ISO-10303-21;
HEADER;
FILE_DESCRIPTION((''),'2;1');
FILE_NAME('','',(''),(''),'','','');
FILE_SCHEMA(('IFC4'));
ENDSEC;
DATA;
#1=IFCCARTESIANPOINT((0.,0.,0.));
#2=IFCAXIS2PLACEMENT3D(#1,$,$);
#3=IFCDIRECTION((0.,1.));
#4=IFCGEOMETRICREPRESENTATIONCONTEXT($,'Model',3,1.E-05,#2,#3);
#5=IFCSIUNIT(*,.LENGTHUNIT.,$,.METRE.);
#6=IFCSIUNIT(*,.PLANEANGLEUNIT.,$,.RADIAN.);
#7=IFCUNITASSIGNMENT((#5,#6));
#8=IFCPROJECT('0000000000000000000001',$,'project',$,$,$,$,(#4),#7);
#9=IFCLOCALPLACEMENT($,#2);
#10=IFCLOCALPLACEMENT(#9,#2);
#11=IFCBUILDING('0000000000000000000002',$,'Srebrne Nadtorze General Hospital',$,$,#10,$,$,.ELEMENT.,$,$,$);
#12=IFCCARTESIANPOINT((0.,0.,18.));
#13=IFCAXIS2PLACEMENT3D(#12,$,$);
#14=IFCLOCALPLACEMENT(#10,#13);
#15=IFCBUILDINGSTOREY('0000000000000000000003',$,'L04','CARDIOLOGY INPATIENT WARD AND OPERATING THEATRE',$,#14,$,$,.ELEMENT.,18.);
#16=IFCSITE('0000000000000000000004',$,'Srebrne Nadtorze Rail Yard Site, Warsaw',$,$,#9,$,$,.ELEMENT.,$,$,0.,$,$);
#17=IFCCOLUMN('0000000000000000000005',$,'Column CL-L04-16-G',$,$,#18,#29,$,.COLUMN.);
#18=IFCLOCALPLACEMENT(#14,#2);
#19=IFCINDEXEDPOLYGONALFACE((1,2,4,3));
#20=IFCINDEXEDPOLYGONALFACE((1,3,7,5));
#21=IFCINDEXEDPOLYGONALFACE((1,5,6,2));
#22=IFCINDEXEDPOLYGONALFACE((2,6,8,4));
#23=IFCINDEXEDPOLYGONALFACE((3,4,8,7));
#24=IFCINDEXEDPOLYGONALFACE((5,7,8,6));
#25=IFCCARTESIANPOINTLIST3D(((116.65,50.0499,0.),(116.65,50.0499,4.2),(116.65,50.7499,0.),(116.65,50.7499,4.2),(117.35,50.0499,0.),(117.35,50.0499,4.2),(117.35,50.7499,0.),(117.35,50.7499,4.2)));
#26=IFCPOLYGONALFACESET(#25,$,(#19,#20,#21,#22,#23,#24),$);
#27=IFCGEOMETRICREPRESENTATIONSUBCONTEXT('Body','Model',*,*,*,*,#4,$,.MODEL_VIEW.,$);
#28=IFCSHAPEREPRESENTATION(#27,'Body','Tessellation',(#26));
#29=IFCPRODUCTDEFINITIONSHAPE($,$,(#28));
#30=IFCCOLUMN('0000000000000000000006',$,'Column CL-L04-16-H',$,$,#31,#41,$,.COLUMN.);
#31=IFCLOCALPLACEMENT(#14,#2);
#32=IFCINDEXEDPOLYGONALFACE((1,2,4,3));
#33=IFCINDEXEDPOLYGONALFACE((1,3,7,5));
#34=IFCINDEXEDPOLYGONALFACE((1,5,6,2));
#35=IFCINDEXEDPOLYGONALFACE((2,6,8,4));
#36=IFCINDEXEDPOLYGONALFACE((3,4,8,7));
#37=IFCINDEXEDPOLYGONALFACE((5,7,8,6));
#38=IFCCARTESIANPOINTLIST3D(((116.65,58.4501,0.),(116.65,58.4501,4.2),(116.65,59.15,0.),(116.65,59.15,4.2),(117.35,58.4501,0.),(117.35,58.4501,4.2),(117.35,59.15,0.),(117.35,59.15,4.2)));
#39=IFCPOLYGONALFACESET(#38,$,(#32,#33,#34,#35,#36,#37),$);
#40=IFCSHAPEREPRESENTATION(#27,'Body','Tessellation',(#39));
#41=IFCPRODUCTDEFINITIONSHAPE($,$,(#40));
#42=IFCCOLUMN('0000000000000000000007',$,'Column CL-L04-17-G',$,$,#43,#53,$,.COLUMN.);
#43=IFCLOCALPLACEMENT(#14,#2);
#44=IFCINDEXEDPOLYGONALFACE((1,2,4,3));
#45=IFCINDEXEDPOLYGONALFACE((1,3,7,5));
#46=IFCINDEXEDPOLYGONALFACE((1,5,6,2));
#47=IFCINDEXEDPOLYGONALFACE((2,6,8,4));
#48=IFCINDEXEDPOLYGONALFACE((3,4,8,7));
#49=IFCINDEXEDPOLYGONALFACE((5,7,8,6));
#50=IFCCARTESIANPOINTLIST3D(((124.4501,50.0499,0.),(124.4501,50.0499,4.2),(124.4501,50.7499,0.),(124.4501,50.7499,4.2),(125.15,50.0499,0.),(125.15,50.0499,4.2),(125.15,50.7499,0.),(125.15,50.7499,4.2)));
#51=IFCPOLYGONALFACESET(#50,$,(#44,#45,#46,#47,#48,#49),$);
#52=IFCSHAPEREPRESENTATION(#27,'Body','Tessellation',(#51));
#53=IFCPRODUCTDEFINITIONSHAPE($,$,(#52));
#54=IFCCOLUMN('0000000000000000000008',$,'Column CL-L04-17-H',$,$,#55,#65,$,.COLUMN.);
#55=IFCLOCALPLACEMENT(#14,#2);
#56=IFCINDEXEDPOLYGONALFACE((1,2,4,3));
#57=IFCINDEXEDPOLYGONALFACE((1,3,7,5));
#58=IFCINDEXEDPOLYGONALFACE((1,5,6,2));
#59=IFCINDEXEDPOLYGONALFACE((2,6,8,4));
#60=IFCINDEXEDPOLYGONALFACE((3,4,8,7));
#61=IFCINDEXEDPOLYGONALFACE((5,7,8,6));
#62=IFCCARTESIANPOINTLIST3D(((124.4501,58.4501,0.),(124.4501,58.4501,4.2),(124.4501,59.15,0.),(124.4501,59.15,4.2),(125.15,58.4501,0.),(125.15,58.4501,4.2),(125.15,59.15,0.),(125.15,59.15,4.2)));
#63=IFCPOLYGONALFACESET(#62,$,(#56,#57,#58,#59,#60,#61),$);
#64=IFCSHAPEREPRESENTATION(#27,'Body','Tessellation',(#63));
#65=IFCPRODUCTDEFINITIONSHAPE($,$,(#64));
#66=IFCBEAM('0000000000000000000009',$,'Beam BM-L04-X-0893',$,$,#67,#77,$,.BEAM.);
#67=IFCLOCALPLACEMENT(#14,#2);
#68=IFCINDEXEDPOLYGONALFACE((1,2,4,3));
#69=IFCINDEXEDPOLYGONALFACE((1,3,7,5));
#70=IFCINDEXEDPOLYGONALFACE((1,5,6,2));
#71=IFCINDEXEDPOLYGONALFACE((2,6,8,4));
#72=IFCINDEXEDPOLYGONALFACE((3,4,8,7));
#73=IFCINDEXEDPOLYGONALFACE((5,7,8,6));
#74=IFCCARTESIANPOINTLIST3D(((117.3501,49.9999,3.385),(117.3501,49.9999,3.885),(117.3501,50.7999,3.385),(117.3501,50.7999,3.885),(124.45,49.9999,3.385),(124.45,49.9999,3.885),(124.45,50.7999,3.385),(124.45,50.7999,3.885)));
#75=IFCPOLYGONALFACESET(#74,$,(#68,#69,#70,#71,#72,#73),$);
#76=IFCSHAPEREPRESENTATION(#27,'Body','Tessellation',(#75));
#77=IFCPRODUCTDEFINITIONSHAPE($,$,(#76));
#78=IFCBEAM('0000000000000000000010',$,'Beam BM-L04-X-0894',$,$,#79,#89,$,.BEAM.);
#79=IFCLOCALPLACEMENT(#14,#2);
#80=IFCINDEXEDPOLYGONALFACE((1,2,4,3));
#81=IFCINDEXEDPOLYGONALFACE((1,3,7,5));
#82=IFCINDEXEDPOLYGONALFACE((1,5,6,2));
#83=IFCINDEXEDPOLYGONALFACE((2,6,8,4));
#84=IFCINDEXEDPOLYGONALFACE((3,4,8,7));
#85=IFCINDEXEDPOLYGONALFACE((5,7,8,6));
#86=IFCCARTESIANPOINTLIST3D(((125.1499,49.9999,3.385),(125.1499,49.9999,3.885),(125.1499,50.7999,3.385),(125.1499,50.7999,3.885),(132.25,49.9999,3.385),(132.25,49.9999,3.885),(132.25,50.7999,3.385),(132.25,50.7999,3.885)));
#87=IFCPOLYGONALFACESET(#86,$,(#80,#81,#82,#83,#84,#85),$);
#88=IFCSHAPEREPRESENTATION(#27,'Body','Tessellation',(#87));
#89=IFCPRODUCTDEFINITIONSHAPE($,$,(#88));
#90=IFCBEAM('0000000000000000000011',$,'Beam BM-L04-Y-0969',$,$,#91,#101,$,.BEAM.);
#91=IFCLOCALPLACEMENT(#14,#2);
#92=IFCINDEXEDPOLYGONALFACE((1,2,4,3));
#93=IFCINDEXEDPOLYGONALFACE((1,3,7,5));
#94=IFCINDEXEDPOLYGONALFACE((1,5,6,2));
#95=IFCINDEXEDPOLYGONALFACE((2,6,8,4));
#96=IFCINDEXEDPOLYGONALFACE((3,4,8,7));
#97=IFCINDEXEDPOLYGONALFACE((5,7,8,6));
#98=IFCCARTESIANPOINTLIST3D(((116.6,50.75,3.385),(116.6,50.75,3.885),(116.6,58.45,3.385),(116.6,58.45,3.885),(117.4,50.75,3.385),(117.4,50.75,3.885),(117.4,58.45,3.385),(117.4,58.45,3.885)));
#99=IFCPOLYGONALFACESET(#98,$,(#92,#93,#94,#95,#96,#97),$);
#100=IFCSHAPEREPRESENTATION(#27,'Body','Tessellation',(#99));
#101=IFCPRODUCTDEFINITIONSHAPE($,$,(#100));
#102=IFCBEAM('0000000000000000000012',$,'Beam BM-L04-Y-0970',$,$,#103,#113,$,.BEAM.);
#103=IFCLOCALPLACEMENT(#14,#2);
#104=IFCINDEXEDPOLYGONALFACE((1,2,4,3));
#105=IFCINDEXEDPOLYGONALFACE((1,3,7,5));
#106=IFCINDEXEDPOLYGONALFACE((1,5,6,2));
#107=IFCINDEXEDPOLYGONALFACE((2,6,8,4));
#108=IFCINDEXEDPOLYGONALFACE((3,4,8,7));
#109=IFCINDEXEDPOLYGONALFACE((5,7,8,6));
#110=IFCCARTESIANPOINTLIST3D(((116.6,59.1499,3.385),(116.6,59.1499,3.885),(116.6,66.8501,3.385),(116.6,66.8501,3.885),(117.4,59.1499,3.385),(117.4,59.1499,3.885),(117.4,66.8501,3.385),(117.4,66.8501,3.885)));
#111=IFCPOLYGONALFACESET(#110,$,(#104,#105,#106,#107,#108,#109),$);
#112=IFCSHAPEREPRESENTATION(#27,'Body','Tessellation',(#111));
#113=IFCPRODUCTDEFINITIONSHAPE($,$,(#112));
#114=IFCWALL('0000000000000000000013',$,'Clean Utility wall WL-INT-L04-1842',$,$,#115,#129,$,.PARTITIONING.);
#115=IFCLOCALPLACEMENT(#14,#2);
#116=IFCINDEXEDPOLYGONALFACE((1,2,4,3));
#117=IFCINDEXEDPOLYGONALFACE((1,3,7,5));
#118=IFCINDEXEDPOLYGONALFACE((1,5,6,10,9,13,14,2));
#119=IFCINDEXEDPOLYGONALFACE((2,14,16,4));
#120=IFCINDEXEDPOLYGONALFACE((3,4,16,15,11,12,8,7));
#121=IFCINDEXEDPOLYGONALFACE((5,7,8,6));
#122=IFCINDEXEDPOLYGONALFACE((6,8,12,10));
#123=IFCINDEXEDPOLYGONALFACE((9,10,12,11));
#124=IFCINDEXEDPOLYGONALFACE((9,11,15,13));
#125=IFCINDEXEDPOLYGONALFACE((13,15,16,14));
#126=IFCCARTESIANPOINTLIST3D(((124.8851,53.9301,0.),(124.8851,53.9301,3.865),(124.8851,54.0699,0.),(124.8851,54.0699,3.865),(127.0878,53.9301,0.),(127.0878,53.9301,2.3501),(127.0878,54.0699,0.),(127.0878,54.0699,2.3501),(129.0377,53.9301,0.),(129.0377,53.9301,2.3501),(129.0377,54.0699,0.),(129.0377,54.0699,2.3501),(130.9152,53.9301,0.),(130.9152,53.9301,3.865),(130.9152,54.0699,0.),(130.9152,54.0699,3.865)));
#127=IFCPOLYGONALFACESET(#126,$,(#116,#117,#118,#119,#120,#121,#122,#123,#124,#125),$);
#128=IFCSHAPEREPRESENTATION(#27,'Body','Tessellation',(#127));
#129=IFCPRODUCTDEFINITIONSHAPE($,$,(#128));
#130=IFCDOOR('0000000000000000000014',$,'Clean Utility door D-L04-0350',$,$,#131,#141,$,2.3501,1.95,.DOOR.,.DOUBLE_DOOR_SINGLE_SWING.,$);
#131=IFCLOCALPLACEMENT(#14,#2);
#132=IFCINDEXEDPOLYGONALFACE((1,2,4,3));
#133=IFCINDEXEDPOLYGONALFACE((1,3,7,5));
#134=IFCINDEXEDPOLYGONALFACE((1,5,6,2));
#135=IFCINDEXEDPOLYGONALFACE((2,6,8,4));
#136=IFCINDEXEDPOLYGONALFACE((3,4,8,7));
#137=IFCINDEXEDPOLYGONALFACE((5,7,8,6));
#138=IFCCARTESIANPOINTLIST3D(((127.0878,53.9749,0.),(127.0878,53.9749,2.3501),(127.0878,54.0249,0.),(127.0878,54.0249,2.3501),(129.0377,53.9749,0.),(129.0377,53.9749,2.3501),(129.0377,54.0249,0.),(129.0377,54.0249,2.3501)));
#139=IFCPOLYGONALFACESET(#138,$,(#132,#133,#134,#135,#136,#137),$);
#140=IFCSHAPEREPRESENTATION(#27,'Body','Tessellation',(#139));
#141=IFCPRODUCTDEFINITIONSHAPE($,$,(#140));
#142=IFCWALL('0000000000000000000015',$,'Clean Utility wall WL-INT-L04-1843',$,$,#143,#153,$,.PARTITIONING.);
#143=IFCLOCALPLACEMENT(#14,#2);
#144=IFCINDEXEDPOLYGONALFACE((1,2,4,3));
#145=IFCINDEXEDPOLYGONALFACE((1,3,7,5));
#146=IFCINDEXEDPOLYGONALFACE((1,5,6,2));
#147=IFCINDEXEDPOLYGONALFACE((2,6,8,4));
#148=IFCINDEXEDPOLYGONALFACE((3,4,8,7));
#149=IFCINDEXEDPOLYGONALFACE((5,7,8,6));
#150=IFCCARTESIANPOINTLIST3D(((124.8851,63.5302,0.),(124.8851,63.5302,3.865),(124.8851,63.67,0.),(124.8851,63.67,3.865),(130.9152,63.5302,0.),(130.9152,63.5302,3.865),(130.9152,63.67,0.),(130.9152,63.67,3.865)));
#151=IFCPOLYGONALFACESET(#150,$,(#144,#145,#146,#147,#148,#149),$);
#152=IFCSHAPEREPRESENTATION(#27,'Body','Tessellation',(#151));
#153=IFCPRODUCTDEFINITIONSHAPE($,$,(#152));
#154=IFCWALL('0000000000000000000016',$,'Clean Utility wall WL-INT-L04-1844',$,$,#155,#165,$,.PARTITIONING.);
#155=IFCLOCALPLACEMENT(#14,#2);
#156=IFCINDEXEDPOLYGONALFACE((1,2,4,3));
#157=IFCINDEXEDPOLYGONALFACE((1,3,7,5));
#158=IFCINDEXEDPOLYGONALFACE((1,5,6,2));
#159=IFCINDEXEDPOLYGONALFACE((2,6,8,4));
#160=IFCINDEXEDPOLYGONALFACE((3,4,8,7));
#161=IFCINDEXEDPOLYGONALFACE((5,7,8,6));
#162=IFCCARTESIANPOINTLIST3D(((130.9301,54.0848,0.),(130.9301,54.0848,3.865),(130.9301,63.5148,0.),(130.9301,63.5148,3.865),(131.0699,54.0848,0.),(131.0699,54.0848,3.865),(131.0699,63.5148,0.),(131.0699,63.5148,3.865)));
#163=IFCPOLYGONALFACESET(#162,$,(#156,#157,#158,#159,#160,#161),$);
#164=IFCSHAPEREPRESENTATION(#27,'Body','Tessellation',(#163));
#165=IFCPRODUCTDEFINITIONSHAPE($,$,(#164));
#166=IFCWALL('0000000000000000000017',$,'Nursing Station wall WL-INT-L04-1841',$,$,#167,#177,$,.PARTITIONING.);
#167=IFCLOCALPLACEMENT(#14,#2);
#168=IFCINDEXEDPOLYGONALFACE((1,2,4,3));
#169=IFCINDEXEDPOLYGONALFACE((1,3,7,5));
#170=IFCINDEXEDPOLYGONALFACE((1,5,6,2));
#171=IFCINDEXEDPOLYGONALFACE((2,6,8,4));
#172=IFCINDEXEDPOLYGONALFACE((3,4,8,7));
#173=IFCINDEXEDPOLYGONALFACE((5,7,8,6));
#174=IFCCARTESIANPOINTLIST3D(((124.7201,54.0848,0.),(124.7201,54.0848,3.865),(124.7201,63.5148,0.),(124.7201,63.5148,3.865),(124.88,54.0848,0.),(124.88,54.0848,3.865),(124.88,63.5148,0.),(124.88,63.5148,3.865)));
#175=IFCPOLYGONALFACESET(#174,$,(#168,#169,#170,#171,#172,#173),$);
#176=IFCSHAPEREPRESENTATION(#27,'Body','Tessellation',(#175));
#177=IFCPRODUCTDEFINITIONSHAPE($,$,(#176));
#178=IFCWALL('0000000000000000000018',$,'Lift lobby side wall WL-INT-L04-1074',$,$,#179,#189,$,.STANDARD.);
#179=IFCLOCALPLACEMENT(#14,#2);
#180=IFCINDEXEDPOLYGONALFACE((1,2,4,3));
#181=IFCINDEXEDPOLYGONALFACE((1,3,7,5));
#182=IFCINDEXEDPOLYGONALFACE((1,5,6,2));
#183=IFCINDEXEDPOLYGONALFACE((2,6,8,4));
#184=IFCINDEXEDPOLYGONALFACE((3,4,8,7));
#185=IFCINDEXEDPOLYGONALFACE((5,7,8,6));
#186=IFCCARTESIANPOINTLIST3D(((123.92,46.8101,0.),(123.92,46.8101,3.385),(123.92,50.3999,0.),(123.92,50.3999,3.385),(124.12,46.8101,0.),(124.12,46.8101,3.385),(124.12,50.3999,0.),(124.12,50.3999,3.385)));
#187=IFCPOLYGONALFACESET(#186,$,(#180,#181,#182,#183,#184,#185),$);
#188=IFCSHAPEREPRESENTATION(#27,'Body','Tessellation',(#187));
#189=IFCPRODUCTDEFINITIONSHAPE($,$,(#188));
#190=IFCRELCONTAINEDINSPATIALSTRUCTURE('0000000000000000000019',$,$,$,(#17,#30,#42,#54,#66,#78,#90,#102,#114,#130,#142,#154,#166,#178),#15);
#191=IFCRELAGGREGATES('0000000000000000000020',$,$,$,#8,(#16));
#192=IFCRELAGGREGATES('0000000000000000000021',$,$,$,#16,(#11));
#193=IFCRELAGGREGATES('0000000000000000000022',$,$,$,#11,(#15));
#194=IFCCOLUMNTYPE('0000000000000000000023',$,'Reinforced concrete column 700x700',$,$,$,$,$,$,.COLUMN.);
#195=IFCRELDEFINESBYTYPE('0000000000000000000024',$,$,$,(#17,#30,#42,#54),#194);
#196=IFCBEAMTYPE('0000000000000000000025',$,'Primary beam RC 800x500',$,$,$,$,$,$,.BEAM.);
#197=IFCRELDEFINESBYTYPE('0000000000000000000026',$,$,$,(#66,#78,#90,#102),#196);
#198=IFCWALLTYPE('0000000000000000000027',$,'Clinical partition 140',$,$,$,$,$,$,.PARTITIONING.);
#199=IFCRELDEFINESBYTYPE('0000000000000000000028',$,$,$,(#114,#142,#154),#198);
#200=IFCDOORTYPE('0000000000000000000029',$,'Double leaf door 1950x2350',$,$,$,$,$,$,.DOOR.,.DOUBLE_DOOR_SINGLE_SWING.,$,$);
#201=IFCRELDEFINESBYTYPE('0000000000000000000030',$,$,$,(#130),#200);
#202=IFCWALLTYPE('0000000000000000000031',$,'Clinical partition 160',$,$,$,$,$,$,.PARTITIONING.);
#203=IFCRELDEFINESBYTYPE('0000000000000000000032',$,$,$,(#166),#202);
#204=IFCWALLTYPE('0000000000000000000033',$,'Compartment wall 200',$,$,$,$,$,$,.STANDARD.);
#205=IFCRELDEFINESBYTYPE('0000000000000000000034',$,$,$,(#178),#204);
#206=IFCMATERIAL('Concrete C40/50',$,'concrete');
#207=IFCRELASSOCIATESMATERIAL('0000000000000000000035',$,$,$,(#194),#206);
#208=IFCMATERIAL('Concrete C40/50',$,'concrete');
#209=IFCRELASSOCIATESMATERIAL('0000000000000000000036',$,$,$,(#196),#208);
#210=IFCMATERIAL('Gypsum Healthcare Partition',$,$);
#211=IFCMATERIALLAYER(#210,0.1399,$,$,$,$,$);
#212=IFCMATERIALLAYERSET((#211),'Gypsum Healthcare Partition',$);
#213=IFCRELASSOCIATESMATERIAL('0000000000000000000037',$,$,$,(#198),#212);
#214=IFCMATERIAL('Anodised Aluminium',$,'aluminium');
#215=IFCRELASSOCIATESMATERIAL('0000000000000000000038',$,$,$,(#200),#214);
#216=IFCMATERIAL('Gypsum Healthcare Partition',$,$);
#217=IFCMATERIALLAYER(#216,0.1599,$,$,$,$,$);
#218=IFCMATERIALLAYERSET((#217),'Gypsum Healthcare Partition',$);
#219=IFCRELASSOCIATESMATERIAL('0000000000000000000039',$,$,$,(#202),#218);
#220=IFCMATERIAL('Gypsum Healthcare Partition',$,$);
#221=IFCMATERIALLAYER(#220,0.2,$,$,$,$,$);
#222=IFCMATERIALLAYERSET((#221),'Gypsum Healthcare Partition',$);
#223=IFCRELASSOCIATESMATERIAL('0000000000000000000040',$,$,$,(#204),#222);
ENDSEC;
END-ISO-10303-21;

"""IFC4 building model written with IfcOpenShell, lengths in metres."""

from ifc_helpers import new_model, si_unit, direction, frame, frame_2d, origin, origin_2d, place, context, subcontext, project, spatial, rectangle, extrude, material, layer, layer_set, material_profile, profile_set, type_object, element, fill, save


model = new_model("IFC4")

# Units and contexts
model_context = context("Model", 3, precision=1e-05, world=origin(), true_north=direction((0.0, 1.0)))
body_context = subcontext(model_context, "Body", "Model", "MODEL_VIEW")
ifc_project = project(units=[si_unit("LENGTHUNIT", "METRE"), si_unit("PLANEANGLEUNIT", "RADIAN")], contexts=[model_context])

# Site, building, storey
site_placement = place(None, origin())
site = spatial("IfcSite", under=ifc_project, at=site_placement, Name="Srebrne Nadtorze Rail Yard Site, Warsaw", CompositionType="ELEMENT", RefElevation=0.0)
building_placement = place(site_placement, origin())
building = spatial("IfcBuilding", under=site, at=building_placement, Name="Srebrne Nadtorze General Hospital", CompositionType="ELEMENT")
storey_placement = place(building_placement, frame((0.0, 0.0, 18.0)))
storey = spatial("IfcBuildingStorey", under=building, at=storey_placement, Name="L04", Description="CARDIOLOGY INPATIENT WARD AND OPERATING THEATRE", CompositionType="ELEMENT", Elevation=18.0)

# Columns
ifc_material_1 = material(Name="Concrete C40/50", Category="concrete")
ifc_material_profile_1 = material_profile(ifc_material_1, rectangle(XDim=0.7, YDim=0.7, at=origin_2d()), Name="RC-COL-700x700")
ifc_profile_set_1 = profile_set([ifc_material_profile_1], Name="Concrete C40/50")
column_type = type_object("IfcColumnType", Name="Reinforced concrete column 700x700", PredefinedType="COLUMN", material=ifc_profile_set_1)
for number, where, z_axis, x_axis, name in (
    (1, (117.0, 50.3999, 0.0), (0.0, 0.0, 1.0), (1.0, 0.0, 0.0), "Column CL-L04-16-G"),
    (2, (117.0, 58.8, 0.0), (0.0, 0.0, 1.0), (1.0, 0.0, 0.0), "Column CL-L04-16-H"),
    (3, (124.8, 50.3999, 0.0), (0.0, 0.0, 1.0), (1.0, 0.0, 0.0), "Column CL-L04-17-G"),
    (4, (124.8, 58.8, 0.0), (0.0, 0.0, 1.0), (1.0, 0.0, 0.0), "Column CL-L04-17-H"),
):
    element("IfcColumn", number, at=place(storey_placement, frame(where, z_axis=z_axis, x_axis=x_axis)), inside=storey, type_object=column_type, Name=name, PredefinedType="COLUMN", context=body_context, shape_type="SweptSolid", body=[
        extrude(rectangle(XDim=0.7, YDim=0.7, at=origin_2d()), origin(), (0.0, 0.0, 1.0), 4.2),
    ])

# Beams
ifc_material_2 = material(Name="Concrete C40/50", Category="concrete")
ifc_material_profile_2 = material_profile(ifc_material_2, rectangle(XDim=0.8, YDim=0.5, at=origin_2d()), Name="RC-BM-800x500")
ifc_profile_set_2 = profile_set([ifc_material_profile_2], Name="Concrete C40/50")
beam_type = type_object("IfcBeamType", Name="Primary beam RC 800x500", PredefinedType="BEAM", material=ifc_profile_set_2)
beam_1_placement = place(storey_placement, frame((117.3501, 50.3999, 3.635), z_axis=(1.0, 0.0, 0.0), x_axis=(0.0, 1.0, 0.0)))
element("IfcBeam", 5, at=beam_1_placement, inside=storey, type_object=beam_type, Name="Beam BM-L04-X-0893", PredefinedType="BEAM", context=body_context, shape_type="SweptSolid", body=[
    extrude(rectangle(XDim=0.8, YDim=0.5, at=origin_2d()), origin(), (0.0, 0.0, 1.0), 7.0999),
])
beam_2_placement = place(storey_placement, frame((125.1499, 50.3999, 3.635), z_axis=(1.0, 0.0, 0.0), x_axis=(0.0, 1.0, 0.0)))
element("IfcBeam", 6, at=beam_2_placement, inside=storey, type_object=beam_type, Name="Beam BM-L04-X-0894", PredefinedType="BEAM", context=body_context, shape_type="SweptSolid", body=[
    extrude(rectangle(XDim=0.8, YDim=0.5, at=origin_2d()), origin(), (0.0, 0.0, 1.0), 7.1001),
])
beam_3_placement = place(storey_placement, frame((117.0, 50.75, 3.635), z_axis=(0.0, 1.0, 0.0), x_axis=(-1.0, 0.0, 0.0)))
element("IfcBeam", 7, at=beam_3_placement, inside=storey, type_object=beam_type, Name="Beam BM-L04-Y-0969", PredefinedType="BEAM", context=body_context, shape_type="SweptSolid", body=[
    extrude(rectangle(XDim=0.8, YDim=0.5, at=origin_2d()), origin(), (0.0, 0.0, 1.0), 7.7),
])
beam_4_placement = place(storey_placement, frame((117.0, 59.1499, 3.635), z_axis=(0.0, 1.0, 0.0), x_axis=(-1.0, 0.0, 0.0)))
element("IfcBeam", 8, at=beam_4_placement, inside=storey, type_object=beam_type, Name="Beam BM-L04-Y-0970", PredefinedType="BEAM", context=body_context, shape_type="SweptSolid", body=[
    extrude(rectangle(XDim=0.8, YDim=0.5, at=origin_2d()), origin(), (0.0, 0.0, 1.0), 7.7002),
])

# Wall, opening, door
ifc_material_3 = material(Name="Gypsum Healthcare Partition")
ifc_layer_1 = layer(ifc_material_3, 0.1399)
ifc_layer_set_1 = layer_set([ifc_layer_1], Name="Gypsum Healthcare Partition")
wall_type_1 = type_object("IfcWallType", Name="Clinical partition 140", PredefinedType="PARTITIONING", material=ifc_layer_set_1)
wall_1_placement = place(storey_placement, frame((124.885, 54.0, 0.0), z_axis=(0.0, 0.0, 1.0), x_axis=(1.0, 0.0, 0.0)))
wall_1 = element("IfcWall", 9, at=wall_1_placement, inside=storey, type_object=wall_type_1, Name="Clean Utility wall WL-INT-L04-1842", PredefinedType="PARTITIONING", context=body_context, shape_type="SweptSolid", body=[
    extrude(rectangle(XDim=6.03, YDim=0.1399, at=frame_2d((3.0151, 0.0))), origin(), (0.0, 0.0, 1.0), 3.865),
])
opening_1_placement = place(wall_1_placement, frame((2.2026, 0.0, 0.0)))
opening_1 = element("IfcOpeningElement", 10, at=opening_1_placement, cuts=wall_1, PredefinedType="OPENING", context=body_context, shape_type="SweptSolid", body=[
    extrude(rectangle(XDim=1.95, YDim=2.3501, at=frame_2d((0.9751, 1.175))), frame((0.0, 0.082, 0.0), z_axis=(0.0, -1.0, 0.0), x_axis=(1.0, 0.0, 0.0)), (0.0, 0.0, 1.0), 0.1638),
])
ifc_material_4 = material(Name="Anodised Aluminium", Category="aluminium")
door_type_1 = type_object("IfcDoorType", Name="Double leaf door 1950x2350", OperationType="DOUBLE_DOOR_SINGLE_SWING", PredefinedType="DOOR", material=ifc_material_4)
door_1_placement = place(opening_1_placement, origin())
door_1 = element("IfcDoor", 11, at=door_1_placement, inside=storey, type_object=door_type_1, Name="Clean Utility door D-L04-0350", OperationType="DOUBLE_DOOR_SINGLE_SWING", OverallHeight=2.3501, OverallWidth=1.95, PredefinedType="DOOR", context=body_context, shape_type="SweptSolid", body=[
    extrude(rectangle(XDim=1.95, YDim=2.3501, at=frame_2d((0.9751, 1.175))), frame((0.0, 0.0249, 0.0), z_axis=(0.0, -1.0, 0.0), x_axis=(1.0, 0.0, 0.0)), (0.0, 0.0, 1.0), 0.05),
])
fill(opening_1, door_1)

# Walls
wall_2_placement = place(storey_placement, frame((124.885, 63.6001, 0.0), z_axis=(0.0, 0.0, 1.0), x_axis=(1.0, 0.0, 0.0)))
element("IfcWall", 12, at=wall_2_placement, inside=storey, type_object=wall_type_1, Name="Clean Utility wall WL-INT-L04-1843", PredefinedType="PARTITIONING", context=body_context, shape_type="SweptSolid", body=[
    extrude(rectangle(XDim=6.03, YDim=0.1399, at=frame_2d((3.0151, 0.0))), origin(), (0.0, 0.0, 1.0), 3.865),
])
wall_3_placement = place(storey_placement, frame((131.0, 54.085, 0.0), z_axis=(0.0, 0.0, 1.0), x_axis=(0.0, 1.0, 0.0)))
element("IfcWall", 13, at=wall_3_placement, inside=storey, type_object=wall_type_1, Name="Clean Utility wall WL-INT-L04-1844", PredefinedType="PARTITIONING", context=body_context, shape_type="SweptSolid", body=[
    extrude(rectangle(XDim=9.4299, YDim=0.1399, at=frame_2d((4.7148, 0.0))), origin(), (0.0, 0.0, 1.0), 3.865),
])
ifc_material_5 = material(Name="Gypsum Healthcare Partition")
ifc_layer_2 = layer(ifc_material_5, 0.1599)
ifc_layer_set_2 = layer_set([ifc_layer_2], Name="Gypsum Healthcare Partition")
wall_type_2 = type_object("IfcWallType", Name="Clinical partition 160", PredefinedType="PARTITIONING", material=ifc_layer_set_2)
wall_4_placement = place(storey_placement, frame((124.8, 54.085, 0.0), z_axis=(0.0, 0.0, 1.0), x_axis=(0.0, 1.0, 0.0)))
element("IfcWall", 14, at=wall_4_placement, inside=storey, type_object=wall_type_2, Name="Nursing Station wall WL-INT-L04-1841", PredefinedType="PARTITIONING", context=body_context, shape_type="SweptSolid", body=[
    extrude(rectangle(XDim=9.4299, YDim=0.1599, at=frame_2d((4.7148, 0.0))), origin(), (0.0, 0.0, 1.0), 3.865),
])
ifc_material_6 = material(Name="Gypsum Healthcare Partition")
ifc_layer_3 = layer(ifc_material_6, 0.2)
ifc_layer_set_3 = layer_set([ifc_layer_3], Name="Gypsum Healthcare Partition")
wall_type_3 = type_object("IfcWallType", Name="Compartment wall 200", PredefinedType="STANDARD", material=ifc_layer_set_3)
wall_5_placement = place(storey_placement, frame((124.02, 46.8101, 0.0), z_axis=(0.0, 0.0, 1.0), x_axis=(0.0, 1.0, 0.0)))
element("IfcWall", 15, at=wall_5_placement, inside=storey, type_object=wall_type_3, Name="Lift lobby side wall WL-INT-L04-1074", PredefinedType="STANDARD", context=body_context, shape_type="SweptSolid", body=[
    extrude(rectangle(XDim=3.5898, YDim=0.2, at=frame_2d((1.7949, 0.0))), origin(), (0.0, 0.0, 1.0), 3.385),
])

save(model, "model.ifc")
